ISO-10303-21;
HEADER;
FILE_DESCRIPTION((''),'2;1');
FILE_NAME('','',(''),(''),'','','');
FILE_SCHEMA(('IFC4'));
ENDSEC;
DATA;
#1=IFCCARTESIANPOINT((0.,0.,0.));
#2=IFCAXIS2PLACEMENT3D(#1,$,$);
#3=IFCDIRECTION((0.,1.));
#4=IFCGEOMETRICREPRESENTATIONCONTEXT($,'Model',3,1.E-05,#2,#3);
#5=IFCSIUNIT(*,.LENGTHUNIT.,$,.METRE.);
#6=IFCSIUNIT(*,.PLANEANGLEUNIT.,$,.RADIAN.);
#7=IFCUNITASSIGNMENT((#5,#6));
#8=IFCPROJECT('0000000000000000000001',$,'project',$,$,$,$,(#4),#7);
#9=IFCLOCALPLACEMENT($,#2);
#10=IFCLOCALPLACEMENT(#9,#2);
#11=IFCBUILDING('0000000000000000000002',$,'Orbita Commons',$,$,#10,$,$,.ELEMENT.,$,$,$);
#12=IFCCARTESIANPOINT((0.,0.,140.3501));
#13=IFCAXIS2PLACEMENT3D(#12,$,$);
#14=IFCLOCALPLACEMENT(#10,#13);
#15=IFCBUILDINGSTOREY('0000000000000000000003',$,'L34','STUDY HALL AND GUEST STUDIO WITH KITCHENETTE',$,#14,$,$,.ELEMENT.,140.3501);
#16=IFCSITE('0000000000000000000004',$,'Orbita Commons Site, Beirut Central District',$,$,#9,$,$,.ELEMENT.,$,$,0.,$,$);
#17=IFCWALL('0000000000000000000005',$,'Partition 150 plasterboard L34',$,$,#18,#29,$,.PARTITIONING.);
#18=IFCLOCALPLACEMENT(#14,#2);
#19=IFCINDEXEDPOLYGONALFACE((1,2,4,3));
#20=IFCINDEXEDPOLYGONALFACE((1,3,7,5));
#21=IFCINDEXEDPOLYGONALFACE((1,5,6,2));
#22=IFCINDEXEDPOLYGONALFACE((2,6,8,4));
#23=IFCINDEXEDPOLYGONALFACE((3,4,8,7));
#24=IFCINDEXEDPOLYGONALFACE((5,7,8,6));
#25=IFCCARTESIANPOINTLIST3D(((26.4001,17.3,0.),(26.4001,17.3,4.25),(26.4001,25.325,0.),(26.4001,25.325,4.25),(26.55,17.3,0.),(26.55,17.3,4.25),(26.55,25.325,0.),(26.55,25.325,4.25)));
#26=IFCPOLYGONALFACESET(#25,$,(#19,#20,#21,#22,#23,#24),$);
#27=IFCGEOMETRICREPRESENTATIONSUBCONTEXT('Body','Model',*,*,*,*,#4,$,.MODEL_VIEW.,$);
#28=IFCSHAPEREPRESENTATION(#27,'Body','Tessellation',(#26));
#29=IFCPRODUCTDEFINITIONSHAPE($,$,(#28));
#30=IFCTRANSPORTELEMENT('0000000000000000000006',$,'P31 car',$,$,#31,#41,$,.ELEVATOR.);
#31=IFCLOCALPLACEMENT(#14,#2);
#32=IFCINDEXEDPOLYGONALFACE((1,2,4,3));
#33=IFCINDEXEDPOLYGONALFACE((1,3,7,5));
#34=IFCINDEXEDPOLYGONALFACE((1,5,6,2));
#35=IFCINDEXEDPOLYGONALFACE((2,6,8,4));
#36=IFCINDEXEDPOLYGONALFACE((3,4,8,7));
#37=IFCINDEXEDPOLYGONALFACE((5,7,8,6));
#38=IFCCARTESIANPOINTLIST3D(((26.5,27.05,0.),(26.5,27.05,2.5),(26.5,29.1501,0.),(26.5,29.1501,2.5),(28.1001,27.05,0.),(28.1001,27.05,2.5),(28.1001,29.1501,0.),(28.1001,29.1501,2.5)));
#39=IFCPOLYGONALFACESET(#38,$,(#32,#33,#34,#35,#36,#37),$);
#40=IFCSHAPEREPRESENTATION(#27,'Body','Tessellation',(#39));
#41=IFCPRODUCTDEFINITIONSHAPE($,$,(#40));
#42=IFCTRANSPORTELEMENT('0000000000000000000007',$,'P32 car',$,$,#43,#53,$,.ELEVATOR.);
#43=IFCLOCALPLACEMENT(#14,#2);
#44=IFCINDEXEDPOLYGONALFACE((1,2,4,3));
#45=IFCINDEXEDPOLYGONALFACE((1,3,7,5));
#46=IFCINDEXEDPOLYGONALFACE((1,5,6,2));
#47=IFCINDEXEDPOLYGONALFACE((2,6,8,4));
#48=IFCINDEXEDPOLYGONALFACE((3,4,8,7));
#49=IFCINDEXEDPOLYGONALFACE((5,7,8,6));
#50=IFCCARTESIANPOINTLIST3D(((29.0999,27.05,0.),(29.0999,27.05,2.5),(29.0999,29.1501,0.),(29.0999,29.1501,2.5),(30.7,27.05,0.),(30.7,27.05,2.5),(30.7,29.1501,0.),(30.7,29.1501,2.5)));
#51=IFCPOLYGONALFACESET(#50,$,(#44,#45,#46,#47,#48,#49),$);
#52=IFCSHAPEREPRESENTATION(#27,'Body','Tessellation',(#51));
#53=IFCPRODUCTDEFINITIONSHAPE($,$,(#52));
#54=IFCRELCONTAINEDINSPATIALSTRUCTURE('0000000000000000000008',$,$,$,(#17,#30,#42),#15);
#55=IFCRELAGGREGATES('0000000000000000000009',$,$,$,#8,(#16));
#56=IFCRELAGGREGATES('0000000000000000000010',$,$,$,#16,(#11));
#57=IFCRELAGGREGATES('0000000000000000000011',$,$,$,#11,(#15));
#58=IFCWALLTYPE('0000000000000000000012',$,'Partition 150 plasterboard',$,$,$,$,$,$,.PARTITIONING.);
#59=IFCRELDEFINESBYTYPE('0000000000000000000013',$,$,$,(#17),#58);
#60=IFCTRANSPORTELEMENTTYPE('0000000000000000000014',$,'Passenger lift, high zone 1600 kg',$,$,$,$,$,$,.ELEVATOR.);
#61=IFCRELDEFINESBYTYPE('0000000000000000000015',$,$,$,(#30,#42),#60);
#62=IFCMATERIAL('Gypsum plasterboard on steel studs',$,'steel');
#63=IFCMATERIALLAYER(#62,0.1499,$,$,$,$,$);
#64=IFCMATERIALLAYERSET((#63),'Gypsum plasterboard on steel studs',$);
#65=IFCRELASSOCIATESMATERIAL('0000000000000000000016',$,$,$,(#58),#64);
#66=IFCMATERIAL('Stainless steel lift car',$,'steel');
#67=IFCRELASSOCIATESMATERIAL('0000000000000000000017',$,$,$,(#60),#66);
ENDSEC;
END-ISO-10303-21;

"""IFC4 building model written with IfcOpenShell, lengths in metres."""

from ifc_helpers import new_model, si_unit, direction, frame, frame_2d, origin, origin_2d, place, context, subcontext, project, spatial, rectangle, extrude, material, layer, layer_set, type_object, element, save


model = new_model("IFC4")

# Units and contexts
model_context = context("Model", 3, precision=1e-05, world=origin(), true_north=direction((0.0, 1.0)))
body_context = subcontext(model_context, "Body", "Model", "MODEL_VIEW")
ifc_project = project(units=[si_unit("LENGTHUNIT", "METRE"), si_unit("PLANEANGLEUNIT", "RADIAN")], contexts=[model_context])

# Site, building, storey
site_placement = place(None, origin())
site = spatial("IfcSite", under=ifc_project, at=site_placement, Name="Orbita Commons Site, Beirut Central District", CompositionType="ELEMENT", RefElevation=0.0)
building_placement = place(site_placement, origin())
building = spatial("IfcBuilding", under=site, at=building_placement, Name="Orbita Commons", CompositionType="ELEMENT")
storey_placement = place(building_placement, frame((0.0, 0.0, 140.3501)))
storey = spatial("IfcBuildingStorey", under=building, at=storey_placement, Name="L34", Description="STUDY HALL AND GUEST STUDIO WITH KITCHENETTE", CompositionType="ELEMENT", Elevation=140.3501)

# Wall
ifc_material_1 = material(Name="Gypsum plasterboard on steel studs", Category="steel")
ifc_layer_1 = layer(ifc_material_1, 0.1499)
ifc_layer_set_1 = layer_set([ifc_layer_1], Name="Gypsum plasterboard on steel studs")
wall_type_1 = type_object("IfcWallType", Name="Partition 150 plasterboard", PredefinedType="PARTITIONING", material=ifc_layer_set_1)
wall_1_placement = place(storey_placement, frame((26.4751, 17.3, 0.0), z_axis=(0.0, 0.0, 1.0), x_axis=(0.0, 1.0, 0.0)))
element("IfcWall", 1, at=wall_1_placement, inside=storey, type_object=wall_type_1, Name="Partition 150 plasterboard L34", PredefinedType="PARTITIONING", context=body_context, shape_type="SweptSolid", body=[
    extrude(rectangle(XDim=8.0249, YDim=0.1499, at=frame_2d((4.0125, 0.0))), origin(), (0.0, 0.0, 1.0), 4.25),
])

# Transport elements
ifc_material_2 = material(Name="Stainless steel lift car", Category="steel")
transport_element_type = type_object("IfcTransportElementType", Name="Passenger lift, high zone 1600 kg", PredefinedType="ELEVATOR", material=ifc_material_2)
transport_element_1_placement = place(storey_placement, frame((27.3, 28.1001, 0.0), z_axis=(0.0, 0.0, 1.0), x_axis=(1.0, 0.0, 0.0)))
element("IfcTransportElement", 2, at=transport_element_1_placement, inside=storey, type_object=transport_element_type, Name="P31 car", PredefinedType="ELEVATOR", context=body_context, shape_type="SweptSolid", body=[
    extrude(rectangle(XDim=1.6001, YDim=2.1001, at=origin_2d()), origin(), (0.0, 0.0, 1.0), 2.5),
])
transport_element_2_placement = place(storey_placement, frame((29.8999, 28.1001, 0.0), z_axis=(0.0, 0.0, 1.0), x_axis=(1.0, 0.0, 0.0)))
element("IfcTransportElement", 3, at=transport_element_2_placement, inside=storey, type_object=transport_element_type, Name="P32 car", PredefinedType="ELEVATOR", context=body_context, shape_type="SweptSolid", body=[
    extrude(rectangle(XDim=1.6001, YDim=2.1001, at=origin_2d()), origin(), (0.0, 0.0, 1.0), 2.5),
])

save(model, "model.ifc")
